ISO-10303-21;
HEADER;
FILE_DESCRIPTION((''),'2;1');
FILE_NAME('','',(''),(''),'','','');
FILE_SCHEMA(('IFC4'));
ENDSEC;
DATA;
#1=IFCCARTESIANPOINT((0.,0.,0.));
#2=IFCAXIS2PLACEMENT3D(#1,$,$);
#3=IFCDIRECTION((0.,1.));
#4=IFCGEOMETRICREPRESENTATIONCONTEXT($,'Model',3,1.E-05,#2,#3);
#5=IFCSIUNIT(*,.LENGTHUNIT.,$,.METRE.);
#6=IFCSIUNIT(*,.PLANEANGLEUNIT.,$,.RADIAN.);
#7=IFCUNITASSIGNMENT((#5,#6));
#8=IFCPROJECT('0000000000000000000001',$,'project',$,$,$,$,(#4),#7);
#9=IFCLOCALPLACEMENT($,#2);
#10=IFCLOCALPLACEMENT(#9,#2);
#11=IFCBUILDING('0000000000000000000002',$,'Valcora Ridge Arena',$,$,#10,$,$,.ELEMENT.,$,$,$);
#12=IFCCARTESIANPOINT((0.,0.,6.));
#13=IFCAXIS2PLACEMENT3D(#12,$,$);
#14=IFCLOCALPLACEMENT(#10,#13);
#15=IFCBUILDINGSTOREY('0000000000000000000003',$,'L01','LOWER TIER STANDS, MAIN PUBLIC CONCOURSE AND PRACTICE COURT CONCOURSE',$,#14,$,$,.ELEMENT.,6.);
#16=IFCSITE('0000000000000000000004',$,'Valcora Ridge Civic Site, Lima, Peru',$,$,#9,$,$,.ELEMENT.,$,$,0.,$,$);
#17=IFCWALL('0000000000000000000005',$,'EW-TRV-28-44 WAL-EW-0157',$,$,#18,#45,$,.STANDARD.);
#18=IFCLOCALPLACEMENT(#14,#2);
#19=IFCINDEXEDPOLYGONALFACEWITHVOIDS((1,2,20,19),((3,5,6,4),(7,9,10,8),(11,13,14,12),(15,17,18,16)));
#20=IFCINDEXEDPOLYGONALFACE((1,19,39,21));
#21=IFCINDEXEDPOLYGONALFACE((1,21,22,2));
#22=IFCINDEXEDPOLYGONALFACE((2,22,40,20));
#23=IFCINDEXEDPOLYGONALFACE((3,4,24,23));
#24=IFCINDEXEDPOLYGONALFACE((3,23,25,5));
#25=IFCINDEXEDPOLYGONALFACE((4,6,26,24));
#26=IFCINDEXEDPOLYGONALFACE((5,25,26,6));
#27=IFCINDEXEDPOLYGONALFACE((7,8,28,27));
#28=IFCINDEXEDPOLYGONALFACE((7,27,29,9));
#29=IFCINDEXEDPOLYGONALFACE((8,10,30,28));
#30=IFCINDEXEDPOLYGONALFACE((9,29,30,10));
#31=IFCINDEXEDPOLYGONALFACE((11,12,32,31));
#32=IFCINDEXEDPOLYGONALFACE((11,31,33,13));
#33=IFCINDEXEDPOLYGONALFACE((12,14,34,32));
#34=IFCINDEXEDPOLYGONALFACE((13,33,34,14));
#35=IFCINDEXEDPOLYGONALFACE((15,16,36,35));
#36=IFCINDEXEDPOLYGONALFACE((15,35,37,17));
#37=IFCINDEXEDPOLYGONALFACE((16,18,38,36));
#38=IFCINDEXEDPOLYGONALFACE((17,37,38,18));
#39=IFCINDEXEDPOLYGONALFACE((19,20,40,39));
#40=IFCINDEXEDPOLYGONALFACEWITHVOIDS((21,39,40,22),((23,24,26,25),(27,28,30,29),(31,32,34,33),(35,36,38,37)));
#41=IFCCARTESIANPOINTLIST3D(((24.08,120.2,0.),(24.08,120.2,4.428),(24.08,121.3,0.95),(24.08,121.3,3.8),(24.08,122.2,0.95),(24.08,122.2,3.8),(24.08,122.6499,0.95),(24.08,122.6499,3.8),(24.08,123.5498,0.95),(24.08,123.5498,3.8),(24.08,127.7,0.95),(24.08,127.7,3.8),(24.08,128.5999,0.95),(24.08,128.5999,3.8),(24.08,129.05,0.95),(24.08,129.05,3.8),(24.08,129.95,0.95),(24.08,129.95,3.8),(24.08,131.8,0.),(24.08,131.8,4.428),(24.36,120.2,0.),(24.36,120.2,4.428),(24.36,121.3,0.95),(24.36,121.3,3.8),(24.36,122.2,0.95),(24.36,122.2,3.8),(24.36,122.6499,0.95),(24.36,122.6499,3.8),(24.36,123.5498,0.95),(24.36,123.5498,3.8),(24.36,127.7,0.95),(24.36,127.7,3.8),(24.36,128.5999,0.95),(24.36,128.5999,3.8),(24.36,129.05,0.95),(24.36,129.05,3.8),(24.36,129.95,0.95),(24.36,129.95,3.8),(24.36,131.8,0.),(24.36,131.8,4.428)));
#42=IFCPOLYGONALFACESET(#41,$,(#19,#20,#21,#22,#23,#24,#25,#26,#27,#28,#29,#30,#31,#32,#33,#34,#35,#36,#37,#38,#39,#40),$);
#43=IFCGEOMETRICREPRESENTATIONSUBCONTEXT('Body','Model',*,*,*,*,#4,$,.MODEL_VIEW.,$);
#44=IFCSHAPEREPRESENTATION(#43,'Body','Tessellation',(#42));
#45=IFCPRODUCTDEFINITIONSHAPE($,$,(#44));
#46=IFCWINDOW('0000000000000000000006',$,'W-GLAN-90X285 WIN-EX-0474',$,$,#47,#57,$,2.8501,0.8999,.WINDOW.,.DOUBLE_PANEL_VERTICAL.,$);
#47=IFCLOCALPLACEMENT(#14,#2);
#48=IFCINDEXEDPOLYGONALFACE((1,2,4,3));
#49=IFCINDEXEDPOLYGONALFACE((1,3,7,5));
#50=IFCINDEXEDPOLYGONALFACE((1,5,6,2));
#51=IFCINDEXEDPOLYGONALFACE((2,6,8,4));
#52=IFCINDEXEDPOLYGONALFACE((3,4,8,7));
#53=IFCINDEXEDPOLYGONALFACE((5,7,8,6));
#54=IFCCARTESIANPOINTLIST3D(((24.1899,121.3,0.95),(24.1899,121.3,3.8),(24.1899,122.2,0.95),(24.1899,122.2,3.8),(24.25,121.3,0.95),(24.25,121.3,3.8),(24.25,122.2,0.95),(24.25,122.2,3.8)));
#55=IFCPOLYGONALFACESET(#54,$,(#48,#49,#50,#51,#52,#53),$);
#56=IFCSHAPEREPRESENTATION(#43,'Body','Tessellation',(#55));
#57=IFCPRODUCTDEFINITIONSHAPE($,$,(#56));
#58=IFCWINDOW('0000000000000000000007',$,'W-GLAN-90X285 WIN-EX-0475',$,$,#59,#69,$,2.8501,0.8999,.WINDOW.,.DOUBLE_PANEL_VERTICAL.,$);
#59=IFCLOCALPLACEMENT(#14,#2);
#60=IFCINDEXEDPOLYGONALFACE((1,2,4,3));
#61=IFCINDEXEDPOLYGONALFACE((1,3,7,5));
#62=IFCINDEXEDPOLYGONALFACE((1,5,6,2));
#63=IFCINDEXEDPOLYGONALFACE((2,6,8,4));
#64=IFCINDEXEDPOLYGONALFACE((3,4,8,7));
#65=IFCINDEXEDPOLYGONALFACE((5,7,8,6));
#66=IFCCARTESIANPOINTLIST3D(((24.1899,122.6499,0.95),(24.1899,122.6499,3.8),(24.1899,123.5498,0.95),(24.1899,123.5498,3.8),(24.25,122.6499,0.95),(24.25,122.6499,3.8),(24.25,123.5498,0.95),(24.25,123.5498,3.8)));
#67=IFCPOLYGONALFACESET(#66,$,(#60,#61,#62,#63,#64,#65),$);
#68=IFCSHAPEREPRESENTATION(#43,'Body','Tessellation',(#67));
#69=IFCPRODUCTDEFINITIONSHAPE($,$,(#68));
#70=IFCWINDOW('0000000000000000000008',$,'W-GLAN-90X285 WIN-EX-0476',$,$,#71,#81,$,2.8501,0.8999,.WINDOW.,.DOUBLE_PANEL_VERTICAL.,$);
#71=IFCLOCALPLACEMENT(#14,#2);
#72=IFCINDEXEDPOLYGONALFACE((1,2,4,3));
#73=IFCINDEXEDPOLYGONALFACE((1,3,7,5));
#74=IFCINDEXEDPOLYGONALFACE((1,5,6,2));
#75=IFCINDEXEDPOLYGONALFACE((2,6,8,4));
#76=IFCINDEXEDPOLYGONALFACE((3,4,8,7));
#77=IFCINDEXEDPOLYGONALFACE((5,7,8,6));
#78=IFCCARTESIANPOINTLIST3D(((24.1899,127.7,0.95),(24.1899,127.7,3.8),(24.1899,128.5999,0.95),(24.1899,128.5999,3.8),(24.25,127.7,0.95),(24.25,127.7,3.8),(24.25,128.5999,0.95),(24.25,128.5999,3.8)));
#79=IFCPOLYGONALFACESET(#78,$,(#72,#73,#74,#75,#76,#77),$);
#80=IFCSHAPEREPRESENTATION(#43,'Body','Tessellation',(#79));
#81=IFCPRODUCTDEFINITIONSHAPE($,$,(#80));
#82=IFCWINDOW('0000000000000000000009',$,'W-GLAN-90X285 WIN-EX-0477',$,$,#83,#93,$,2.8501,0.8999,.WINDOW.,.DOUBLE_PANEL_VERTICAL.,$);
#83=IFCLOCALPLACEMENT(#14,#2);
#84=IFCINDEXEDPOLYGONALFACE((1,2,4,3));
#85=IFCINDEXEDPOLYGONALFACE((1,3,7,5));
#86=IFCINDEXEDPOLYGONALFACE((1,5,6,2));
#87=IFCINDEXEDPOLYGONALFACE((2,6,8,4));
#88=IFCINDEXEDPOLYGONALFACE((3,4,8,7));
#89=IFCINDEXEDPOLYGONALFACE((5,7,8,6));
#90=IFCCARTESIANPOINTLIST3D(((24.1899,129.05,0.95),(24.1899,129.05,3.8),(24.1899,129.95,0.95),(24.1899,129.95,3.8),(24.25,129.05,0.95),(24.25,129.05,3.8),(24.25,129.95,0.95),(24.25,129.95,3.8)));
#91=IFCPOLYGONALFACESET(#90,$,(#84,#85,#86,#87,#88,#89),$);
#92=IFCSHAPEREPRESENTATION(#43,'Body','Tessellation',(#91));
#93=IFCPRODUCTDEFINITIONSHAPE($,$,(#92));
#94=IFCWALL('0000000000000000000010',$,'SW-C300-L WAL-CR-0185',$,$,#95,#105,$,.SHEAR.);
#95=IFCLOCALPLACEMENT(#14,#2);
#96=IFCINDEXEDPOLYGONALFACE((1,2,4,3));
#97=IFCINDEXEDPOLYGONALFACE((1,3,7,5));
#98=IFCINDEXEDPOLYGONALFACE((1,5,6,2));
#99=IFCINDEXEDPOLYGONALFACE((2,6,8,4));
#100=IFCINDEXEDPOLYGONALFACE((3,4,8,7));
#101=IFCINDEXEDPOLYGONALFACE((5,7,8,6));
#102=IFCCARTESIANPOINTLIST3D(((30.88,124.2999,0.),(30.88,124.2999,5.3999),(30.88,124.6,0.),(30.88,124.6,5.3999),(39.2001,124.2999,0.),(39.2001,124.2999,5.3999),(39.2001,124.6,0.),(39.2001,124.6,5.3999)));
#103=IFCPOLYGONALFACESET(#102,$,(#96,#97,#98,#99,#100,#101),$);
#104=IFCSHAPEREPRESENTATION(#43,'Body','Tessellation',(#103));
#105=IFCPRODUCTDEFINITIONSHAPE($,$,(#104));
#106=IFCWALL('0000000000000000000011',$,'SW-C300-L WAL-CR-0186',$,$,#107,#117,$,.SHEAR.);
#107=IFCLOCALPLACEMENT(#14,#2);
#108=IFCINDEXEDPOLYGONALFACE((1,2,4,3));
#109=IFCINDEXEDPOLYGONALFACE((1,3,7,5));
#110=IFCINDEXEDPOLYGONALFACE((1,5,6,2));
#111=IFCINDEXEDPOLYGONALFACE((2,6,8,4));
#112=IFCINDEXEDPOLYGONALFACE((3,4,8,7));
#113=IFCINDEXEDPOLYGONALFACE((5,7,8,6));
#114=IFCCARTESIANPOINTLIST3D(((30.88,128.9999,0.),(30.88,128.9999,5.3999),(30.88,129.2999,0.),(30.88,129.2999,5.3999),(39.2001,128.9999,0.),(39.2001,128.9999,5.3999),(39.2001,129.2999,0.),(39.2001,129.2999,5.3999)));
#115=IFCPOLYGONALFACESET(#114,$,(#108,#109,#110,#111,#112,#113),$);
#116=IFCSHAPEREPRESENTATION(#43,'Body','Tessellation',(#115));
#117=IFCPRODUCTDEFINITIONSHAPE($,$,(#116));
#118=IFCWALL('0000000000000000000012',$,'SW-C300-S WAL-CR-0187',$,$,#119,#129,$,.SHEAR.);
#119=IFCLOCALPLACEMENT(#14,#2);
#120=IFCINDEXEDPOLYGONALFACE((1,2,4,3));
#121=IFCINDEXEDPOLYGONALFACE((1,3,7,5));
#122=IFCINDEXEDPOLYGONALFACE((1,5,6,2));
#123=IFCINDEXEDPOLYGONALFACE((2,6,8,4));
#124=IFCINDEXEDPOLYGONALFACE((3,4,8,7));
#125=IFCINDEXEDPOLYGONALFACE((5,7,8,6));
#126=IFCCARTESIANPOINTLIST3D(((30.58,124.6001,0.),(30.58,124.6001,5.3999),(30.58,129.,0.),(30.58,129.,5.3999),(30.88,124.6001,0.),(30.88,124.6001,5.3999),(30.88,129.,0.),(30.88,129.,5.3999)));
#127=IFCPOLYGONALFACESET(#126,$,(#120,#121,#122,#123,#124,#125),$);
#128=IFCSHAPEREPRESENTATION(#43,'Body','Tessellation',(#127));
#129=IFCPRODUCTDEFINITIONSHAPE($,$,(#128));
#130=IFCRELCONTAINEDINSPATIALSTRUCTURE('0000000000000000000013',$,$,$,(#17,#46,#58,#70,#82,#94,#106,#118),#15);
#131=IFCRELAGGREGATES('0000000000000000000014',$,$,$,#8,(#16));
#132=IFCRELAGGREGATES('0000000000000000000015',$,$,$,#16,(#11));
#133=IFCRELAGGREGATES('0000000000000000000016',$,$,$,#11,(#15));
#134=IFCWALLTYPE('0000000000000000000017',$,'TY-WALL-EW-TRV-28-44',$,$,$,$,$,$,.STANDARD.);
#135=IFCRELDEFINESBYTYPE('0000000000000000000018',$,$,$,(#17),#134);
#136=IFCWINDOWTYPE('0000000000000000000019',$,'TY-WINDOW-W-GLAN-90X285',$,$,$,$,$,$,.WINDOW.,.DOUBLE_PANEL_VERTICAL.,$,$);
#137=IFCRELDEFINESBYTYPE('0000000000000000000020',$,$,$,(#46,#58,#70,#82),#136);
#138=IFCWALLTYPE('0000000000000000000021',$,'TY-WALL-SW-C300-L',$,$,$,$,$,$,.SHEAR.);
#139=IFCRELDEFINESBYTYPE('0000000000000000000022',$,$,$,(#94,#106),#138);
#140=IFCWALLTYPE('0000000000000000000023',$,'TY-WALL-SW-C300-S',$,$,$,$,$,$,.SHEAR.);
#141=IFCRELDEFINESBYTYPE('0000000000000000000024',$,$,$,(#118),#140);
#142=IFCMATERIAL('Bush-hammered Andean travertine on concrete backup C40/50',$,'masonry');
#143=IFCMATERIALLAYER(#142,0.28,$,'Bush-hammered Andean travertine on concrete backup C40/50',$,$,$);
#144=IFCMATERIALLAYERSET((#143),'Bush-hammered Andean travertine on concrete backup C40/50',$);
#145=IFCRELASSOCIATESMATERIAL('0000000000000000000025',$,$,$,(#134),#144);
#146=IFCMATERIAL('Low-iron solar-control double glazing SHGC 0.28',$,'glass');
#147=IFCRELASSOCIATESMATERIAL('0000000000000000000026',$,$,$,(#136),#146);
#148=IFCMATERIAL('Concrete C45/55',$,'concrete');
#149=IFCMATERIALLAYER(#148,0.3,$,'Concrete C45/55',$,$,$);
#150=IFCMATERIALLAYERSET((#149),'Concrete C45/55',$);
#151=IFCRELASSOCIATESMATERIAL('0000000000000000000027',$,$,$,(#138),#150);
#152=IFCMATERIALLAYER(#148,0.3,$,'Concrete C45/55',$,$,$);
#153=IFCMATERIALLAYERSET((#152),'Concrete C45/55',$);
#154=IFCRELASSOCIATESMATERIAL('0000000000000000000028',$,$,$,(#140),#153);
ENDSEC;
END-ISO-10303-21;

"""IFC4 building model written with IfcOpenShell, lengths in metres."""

from ifc_helpers import new_model, si_unit, direction, frame, frame_2d, origin, place, context, subcontext, project, spatial, rectangle, extrude, material, layer, layer_set, type_object, element, fill, save


model = new_model("IFC4")

# Units and contexts
model_context = context("Model", 3, precision=1e-05, world=origin(), true_north=direction((0.0, 1.0)))
body_context = subcontext(model_context, "Body", "Model", "MODEL_VIEW")
ifc_project = project(units=[si_unit("LENGTHUNIT", "METRE"), si_unit("PLANEANGLEUNIT", "RADIAN")], contexts=[model_context])

# Site, building, storey
site_placement = place(None, origin())
site = spatial("IfcSite", under=ifc_project, at=site_placement, Name="Valcora Ridge Civic Site, Lima, Peru", CompositionType="ELEMENT", RefElevation=0.0)
building_placement = place(site_placement, origin())
building = spatial("IfcBuilding", under=site, at=building_placement, Name="Valcora Ridge Arena", CompositionType="ELEMENT")
storey_placement = place(building_placement, frame((0.0, 0.0, 6.0)))
storey = spatial("IfcBuildingStorey", under=building, at=storey_placement, Name="L01", Description="LOWER TIER STANDS, MAIN PUBLIC CONCOURSE AND PRACTICE COURT CONCOURSE", CompositionType="ELEMENT", Elevation=6.0)

# Wall, openings, windows
ifc_material_1 = material(Name="Bush-hammered Andean travertine on concrete backup C40/50", Category="masonry")
ifc_layer_1 = layer(ifc_material_1, 0.28, Name="Bush-hammered Andean travertine on concrete backup C40/50")
ifc_layer_set_1 = layer_set([ifc_layer_1], Name="Bush-hammered Andean travertine on concrete backup C40/50")
wall_type_1 = type_object("IfcWallType", Name="TY-WALL-EW-TRV-28-44", PredefinedType="STANDARD", material=ifc_layer_set_1)
ifc_material_2 = material(Name="Low-iron solar-control double glazing SHGC 0.28", Category="glass")
window_type_1 = type_object("IfcWindowType", Name="TY-WINDOW-W-GLAN-90X285", PartitioningType="DOUBLE_PANEL_VERTICAL", PredefinedType="WINDOW", material=ifc_material_2)
wall_1_placement = place(storey_placement, frame((24.22, 120.2, 0.0), z_axis=(0.0, 0.0, 1.0), x_axis=(0.0, 1.0, 0.0)))
wall_1 = element("IfcWall", 1, at=wall_1_placement, inside=storey, type_object=wall_type_1, Name="EW-TRV-28-44 WAL-EW-0157", PredefinedType="STANDARD", context=body_context, shape_type="SweptSolid", body=[
    extrude(rectangle(XDim=11.6001, YDim=0.28, at=frame_2d((5.8, 0.0))), origin(), (0.0, 0.0, 1.0), 4.428),
])
opening_1_placement = place(wall_1_placement, frame((1.1001, 0.0, 0.95)))
opening_1 = element("IfcOpeningElement", 2, at=opening_1_placement, cuts=wall_1, PredefinedType="OPENING", context=body_context, shape_type="SweptSolid", body=[
    extrude(rectangle(XDim=0.8999, YDim=2.8501, at=frame_2d((0.45, 1.425))), frame((0.0, 0.1499, 0.0), z_axis=(0.0, -1.0, 0.0), x_axis=(1.0, 0.0, 0.0)), (0.0, 0.0, 1.0), 0.3),
])
opening_2_placement = place(wall_1_placement, frame((2.45, 0.0, 0.95)))
opening_2 = element("IfcOpeningElement", 3, at=opening_2_placement, cuts=wall_1, PredefinedType="OPENING", context=body_context, shape_type="SweptSolid", body=[
    extrude(rectangle(XDim=0.8999, YDim=2.8501, at=frame_2d((0.45, 1.425))), frame((0.0, 0.1499, 0.0), z_axis=(0.0, -1.0, 0.0), x_axis=(1.0, 0.0, 0.0)), (0.0, 0.0, 1.0), 0.3),
])
opening_3_placement = place(wall_1_placement, frame((7.5, 0.0, 0.95)))
opening_3 = element("IfcOpeningElement", 4, at=opening_3_placement, cuts=wall_1, PredefinedType="OPENING", context=body_context, shape_type="SweptSolid", body=[
    extrude(rectangle(XDim=0.8999, YDim=2.8501, at=frame_2d((0.45, 1.425))), frame((0.0, 0.1499, 0.0), z_axis=(0.0, -1.0, 0.0), x_axis=(1.0, 0.0, 0.0)), (0.0, 0.0, 1.0), 0.3),
])
opening_4_placement = place(wall_1_placement, frame((8.8501, 0.0, 0.95)))
opening_4 = element("IfcOpeningElement", 5, at=opening_4_placement, cuts=wall_1, PredefinedType="OPENING", context=body_context, shape_type="SweptSolid", body=[
    extrude(rectangle(XDim=0.8999, YDim=2.8501, at=frame_2d((0.45, 1.425))), frame((0.0, 0.1499, 0.0), z_axis=(0.0, -1.0, 0.0), x_axis=(1.0, 0.0, 0.0)), (0.0, 0.0, 1.0), 0.3),
])
window_1_placement = place(opening_1_placement, origin())
window_1 = element("IfcWindow", 6, at=window_1_placement, inside=storey, type_object=window_type_1, Name="W-GLAN-90X285 WIN-EX-0474", OverallHeight=2.8501, OverallWidth=0.8999, PartitioningType="DOUBLE_PANEL_VERTICAL", PredefinedType="WINDOW", context=body_context, shape_type="SweptSolid", body=[
    extrude(rectangle(XDim=0.8999, YDim=2.8501, at=frame_2d((0.45, 1.425))), frame((0.0, 0.03, 0.0), z_axis=(0.0, -1.0, 0.0), x_axis=(1.0, 0.0, 0.0)), (0.0, 0.0, 1.0), 0.0601),
])
fill(opening_1, window_1)
window_2_placement = place(opening_2_placement, origin())
window_2 = element("IfcWindow", 7, at=window_2_placement, inside=storey, type_object=window_type_1, Name="W-GLAN-90X285 WIN-EX-0475", OverallHeight=2.8501, OverallWidth=0.8999, PartitioningType="DOUBLE_PANEL_VERTICAL", PredefinedType="WINDOW", context=body_context, shape_type="SweptSolid", body=[
    extrude(rectangle(XDim=0.8999, YDim=2.8501, at=frame_2d((0.45, 1.425))), frame((0.0, 0.03, 0.0), z_axis=(0.0, -1.0, 0.0), x_axis=(1.0, 0.0, 0.0)), (0.0, 0.0, 1.0), 0.0601),
])
fill(opening_2, window_2)
window_3_placement = place(opening_3_placement, origin())
window_3 = element("IfcWindow", 8, at=window_3_placement, inside=storey, type_object=window_type_1, Name="W-GLAN-90X285 WIN-EX-0476", OverallHeight=2.8501, OverallWidth=0.8999, PartitioningType="DOUBLE_PANEL_VERTICAL", PredefinedType="WINDOW", context=body_context, shape_type="SweptSolid", body=[
    extrude(rectangle(XDim=0.8999, YDim=2.8501, at=frame_2d((0.45, 1.425))), frame((0.0, 0.03, 0.0), z_axis=(0.0, -1.0, 0.0), x_axis=(1.0, 0.0, 0.0)), (0.0, 0.0, 1.0), 0.0601),
])
fill(opening_3, window_3)
window_4_placement = place(opening_4_placement, origin())
window_4 = element("IfcWindow", 9, at=window_4_placement, inside=storey, type_object=window_type_1, Name="W-GLAN-90X285 WIN-EX-0477", OverallHeight=2.8501, OverallWidth=0.8999, PartitioningType="DOUBLE_PANEL_VERTICAL", PredefinedType="WINDOW", context=body_context, shape_type="SweptSolid", body=[
    extrude(rectangle(XDim=0.8999, YDim=2.8501, at=frame_2d((0.45, 1.425))), frame((0.0, 0.03, 0.0), z_axis=(0.0, -1.0, 0.0), x_axis=(1.0, 0.0, 0.0)), (0.0, 0.0, 1.0), 0.0601),
])
fill(opening_4, window_4)

# Walls
ifc_material_3 = material(Name="Concrete C45/55", Category="concrete")
ifc_layer_2 = layer(ifc_material_3, 0.3, Name="Concrete C45/55")
ifc_layer_set_2 = layer_set([ifc_layer_2], Name="Concrete C45/55")
wall_type_2 = type_object("IfcWallType", Name="TY-WALL-SW-C300-L", PredefinedType="SHEAR", material=ifc_layer_set_2)
for number, where, z_axis, x_axis, name in (
    (10, (30.8799, 124.45, 0.0), (0.0, 0.0, 1.0), (1.0, 0.0, 0.0), "SW-C300-L WAL-CR-0185"),
    (11, (30.8799, 129.1499, 0.0), (0.0, 0.0, 1.0), (1.0, 0.0, 0.0), "SW-C300-L WAL-CR-0186"),
):
    element("IfcWall", number, at=place(storey_placement, frame(where, z_axis=z_axis, x_axis=x_axis)), inside=storey, type_object=wall_type_2, Name=name, PredefinedType="SHEAR", context=body_context, shape_type="SweptSolid", body=[
        extrude(rectangle(XDim=8.3201, YDim=0.3, at=frame_2d((4.1602, 0.0))), origin(), (0.0, 0.0, 1.0), 5.3999),
    ])
ifc_layer_3 = layer(ifc_material_3, 0.3, Name="Concrete C45/55")
ifc_layer_set_3 = layer_set([ifc_layer_3], Name="Concrete C45/55")
wall_type_3 = type_object("IfcWallType", Name="TY-WALL-SW-C300-S", PredefinedType="SHEAR", material=ifc_layer_set_3)
wall_2_placement = place(storey_placement, frame((30.73, 124.6001, 0.0), z_axis=(0.0, 0.0, 1.0), x_axis=(0.0, 1.0, 0.0)))
element("IfcWall", 12, at=wall_2_placement, inside=storey, type_object=wall_type_3, Name="SW-C300-S WAL-CR-0187", PredefinedType="SHEAR", context=body_context, shape_type="SweptSolid", body=[
    extrude(rectangle(XDim=4.3999, YDim=0.3, at=frame_2d((2.2, 0.0))), origin(), (0.0, 0.0, 1.0), 5.3999),
])

save(model, "model.ifc")
